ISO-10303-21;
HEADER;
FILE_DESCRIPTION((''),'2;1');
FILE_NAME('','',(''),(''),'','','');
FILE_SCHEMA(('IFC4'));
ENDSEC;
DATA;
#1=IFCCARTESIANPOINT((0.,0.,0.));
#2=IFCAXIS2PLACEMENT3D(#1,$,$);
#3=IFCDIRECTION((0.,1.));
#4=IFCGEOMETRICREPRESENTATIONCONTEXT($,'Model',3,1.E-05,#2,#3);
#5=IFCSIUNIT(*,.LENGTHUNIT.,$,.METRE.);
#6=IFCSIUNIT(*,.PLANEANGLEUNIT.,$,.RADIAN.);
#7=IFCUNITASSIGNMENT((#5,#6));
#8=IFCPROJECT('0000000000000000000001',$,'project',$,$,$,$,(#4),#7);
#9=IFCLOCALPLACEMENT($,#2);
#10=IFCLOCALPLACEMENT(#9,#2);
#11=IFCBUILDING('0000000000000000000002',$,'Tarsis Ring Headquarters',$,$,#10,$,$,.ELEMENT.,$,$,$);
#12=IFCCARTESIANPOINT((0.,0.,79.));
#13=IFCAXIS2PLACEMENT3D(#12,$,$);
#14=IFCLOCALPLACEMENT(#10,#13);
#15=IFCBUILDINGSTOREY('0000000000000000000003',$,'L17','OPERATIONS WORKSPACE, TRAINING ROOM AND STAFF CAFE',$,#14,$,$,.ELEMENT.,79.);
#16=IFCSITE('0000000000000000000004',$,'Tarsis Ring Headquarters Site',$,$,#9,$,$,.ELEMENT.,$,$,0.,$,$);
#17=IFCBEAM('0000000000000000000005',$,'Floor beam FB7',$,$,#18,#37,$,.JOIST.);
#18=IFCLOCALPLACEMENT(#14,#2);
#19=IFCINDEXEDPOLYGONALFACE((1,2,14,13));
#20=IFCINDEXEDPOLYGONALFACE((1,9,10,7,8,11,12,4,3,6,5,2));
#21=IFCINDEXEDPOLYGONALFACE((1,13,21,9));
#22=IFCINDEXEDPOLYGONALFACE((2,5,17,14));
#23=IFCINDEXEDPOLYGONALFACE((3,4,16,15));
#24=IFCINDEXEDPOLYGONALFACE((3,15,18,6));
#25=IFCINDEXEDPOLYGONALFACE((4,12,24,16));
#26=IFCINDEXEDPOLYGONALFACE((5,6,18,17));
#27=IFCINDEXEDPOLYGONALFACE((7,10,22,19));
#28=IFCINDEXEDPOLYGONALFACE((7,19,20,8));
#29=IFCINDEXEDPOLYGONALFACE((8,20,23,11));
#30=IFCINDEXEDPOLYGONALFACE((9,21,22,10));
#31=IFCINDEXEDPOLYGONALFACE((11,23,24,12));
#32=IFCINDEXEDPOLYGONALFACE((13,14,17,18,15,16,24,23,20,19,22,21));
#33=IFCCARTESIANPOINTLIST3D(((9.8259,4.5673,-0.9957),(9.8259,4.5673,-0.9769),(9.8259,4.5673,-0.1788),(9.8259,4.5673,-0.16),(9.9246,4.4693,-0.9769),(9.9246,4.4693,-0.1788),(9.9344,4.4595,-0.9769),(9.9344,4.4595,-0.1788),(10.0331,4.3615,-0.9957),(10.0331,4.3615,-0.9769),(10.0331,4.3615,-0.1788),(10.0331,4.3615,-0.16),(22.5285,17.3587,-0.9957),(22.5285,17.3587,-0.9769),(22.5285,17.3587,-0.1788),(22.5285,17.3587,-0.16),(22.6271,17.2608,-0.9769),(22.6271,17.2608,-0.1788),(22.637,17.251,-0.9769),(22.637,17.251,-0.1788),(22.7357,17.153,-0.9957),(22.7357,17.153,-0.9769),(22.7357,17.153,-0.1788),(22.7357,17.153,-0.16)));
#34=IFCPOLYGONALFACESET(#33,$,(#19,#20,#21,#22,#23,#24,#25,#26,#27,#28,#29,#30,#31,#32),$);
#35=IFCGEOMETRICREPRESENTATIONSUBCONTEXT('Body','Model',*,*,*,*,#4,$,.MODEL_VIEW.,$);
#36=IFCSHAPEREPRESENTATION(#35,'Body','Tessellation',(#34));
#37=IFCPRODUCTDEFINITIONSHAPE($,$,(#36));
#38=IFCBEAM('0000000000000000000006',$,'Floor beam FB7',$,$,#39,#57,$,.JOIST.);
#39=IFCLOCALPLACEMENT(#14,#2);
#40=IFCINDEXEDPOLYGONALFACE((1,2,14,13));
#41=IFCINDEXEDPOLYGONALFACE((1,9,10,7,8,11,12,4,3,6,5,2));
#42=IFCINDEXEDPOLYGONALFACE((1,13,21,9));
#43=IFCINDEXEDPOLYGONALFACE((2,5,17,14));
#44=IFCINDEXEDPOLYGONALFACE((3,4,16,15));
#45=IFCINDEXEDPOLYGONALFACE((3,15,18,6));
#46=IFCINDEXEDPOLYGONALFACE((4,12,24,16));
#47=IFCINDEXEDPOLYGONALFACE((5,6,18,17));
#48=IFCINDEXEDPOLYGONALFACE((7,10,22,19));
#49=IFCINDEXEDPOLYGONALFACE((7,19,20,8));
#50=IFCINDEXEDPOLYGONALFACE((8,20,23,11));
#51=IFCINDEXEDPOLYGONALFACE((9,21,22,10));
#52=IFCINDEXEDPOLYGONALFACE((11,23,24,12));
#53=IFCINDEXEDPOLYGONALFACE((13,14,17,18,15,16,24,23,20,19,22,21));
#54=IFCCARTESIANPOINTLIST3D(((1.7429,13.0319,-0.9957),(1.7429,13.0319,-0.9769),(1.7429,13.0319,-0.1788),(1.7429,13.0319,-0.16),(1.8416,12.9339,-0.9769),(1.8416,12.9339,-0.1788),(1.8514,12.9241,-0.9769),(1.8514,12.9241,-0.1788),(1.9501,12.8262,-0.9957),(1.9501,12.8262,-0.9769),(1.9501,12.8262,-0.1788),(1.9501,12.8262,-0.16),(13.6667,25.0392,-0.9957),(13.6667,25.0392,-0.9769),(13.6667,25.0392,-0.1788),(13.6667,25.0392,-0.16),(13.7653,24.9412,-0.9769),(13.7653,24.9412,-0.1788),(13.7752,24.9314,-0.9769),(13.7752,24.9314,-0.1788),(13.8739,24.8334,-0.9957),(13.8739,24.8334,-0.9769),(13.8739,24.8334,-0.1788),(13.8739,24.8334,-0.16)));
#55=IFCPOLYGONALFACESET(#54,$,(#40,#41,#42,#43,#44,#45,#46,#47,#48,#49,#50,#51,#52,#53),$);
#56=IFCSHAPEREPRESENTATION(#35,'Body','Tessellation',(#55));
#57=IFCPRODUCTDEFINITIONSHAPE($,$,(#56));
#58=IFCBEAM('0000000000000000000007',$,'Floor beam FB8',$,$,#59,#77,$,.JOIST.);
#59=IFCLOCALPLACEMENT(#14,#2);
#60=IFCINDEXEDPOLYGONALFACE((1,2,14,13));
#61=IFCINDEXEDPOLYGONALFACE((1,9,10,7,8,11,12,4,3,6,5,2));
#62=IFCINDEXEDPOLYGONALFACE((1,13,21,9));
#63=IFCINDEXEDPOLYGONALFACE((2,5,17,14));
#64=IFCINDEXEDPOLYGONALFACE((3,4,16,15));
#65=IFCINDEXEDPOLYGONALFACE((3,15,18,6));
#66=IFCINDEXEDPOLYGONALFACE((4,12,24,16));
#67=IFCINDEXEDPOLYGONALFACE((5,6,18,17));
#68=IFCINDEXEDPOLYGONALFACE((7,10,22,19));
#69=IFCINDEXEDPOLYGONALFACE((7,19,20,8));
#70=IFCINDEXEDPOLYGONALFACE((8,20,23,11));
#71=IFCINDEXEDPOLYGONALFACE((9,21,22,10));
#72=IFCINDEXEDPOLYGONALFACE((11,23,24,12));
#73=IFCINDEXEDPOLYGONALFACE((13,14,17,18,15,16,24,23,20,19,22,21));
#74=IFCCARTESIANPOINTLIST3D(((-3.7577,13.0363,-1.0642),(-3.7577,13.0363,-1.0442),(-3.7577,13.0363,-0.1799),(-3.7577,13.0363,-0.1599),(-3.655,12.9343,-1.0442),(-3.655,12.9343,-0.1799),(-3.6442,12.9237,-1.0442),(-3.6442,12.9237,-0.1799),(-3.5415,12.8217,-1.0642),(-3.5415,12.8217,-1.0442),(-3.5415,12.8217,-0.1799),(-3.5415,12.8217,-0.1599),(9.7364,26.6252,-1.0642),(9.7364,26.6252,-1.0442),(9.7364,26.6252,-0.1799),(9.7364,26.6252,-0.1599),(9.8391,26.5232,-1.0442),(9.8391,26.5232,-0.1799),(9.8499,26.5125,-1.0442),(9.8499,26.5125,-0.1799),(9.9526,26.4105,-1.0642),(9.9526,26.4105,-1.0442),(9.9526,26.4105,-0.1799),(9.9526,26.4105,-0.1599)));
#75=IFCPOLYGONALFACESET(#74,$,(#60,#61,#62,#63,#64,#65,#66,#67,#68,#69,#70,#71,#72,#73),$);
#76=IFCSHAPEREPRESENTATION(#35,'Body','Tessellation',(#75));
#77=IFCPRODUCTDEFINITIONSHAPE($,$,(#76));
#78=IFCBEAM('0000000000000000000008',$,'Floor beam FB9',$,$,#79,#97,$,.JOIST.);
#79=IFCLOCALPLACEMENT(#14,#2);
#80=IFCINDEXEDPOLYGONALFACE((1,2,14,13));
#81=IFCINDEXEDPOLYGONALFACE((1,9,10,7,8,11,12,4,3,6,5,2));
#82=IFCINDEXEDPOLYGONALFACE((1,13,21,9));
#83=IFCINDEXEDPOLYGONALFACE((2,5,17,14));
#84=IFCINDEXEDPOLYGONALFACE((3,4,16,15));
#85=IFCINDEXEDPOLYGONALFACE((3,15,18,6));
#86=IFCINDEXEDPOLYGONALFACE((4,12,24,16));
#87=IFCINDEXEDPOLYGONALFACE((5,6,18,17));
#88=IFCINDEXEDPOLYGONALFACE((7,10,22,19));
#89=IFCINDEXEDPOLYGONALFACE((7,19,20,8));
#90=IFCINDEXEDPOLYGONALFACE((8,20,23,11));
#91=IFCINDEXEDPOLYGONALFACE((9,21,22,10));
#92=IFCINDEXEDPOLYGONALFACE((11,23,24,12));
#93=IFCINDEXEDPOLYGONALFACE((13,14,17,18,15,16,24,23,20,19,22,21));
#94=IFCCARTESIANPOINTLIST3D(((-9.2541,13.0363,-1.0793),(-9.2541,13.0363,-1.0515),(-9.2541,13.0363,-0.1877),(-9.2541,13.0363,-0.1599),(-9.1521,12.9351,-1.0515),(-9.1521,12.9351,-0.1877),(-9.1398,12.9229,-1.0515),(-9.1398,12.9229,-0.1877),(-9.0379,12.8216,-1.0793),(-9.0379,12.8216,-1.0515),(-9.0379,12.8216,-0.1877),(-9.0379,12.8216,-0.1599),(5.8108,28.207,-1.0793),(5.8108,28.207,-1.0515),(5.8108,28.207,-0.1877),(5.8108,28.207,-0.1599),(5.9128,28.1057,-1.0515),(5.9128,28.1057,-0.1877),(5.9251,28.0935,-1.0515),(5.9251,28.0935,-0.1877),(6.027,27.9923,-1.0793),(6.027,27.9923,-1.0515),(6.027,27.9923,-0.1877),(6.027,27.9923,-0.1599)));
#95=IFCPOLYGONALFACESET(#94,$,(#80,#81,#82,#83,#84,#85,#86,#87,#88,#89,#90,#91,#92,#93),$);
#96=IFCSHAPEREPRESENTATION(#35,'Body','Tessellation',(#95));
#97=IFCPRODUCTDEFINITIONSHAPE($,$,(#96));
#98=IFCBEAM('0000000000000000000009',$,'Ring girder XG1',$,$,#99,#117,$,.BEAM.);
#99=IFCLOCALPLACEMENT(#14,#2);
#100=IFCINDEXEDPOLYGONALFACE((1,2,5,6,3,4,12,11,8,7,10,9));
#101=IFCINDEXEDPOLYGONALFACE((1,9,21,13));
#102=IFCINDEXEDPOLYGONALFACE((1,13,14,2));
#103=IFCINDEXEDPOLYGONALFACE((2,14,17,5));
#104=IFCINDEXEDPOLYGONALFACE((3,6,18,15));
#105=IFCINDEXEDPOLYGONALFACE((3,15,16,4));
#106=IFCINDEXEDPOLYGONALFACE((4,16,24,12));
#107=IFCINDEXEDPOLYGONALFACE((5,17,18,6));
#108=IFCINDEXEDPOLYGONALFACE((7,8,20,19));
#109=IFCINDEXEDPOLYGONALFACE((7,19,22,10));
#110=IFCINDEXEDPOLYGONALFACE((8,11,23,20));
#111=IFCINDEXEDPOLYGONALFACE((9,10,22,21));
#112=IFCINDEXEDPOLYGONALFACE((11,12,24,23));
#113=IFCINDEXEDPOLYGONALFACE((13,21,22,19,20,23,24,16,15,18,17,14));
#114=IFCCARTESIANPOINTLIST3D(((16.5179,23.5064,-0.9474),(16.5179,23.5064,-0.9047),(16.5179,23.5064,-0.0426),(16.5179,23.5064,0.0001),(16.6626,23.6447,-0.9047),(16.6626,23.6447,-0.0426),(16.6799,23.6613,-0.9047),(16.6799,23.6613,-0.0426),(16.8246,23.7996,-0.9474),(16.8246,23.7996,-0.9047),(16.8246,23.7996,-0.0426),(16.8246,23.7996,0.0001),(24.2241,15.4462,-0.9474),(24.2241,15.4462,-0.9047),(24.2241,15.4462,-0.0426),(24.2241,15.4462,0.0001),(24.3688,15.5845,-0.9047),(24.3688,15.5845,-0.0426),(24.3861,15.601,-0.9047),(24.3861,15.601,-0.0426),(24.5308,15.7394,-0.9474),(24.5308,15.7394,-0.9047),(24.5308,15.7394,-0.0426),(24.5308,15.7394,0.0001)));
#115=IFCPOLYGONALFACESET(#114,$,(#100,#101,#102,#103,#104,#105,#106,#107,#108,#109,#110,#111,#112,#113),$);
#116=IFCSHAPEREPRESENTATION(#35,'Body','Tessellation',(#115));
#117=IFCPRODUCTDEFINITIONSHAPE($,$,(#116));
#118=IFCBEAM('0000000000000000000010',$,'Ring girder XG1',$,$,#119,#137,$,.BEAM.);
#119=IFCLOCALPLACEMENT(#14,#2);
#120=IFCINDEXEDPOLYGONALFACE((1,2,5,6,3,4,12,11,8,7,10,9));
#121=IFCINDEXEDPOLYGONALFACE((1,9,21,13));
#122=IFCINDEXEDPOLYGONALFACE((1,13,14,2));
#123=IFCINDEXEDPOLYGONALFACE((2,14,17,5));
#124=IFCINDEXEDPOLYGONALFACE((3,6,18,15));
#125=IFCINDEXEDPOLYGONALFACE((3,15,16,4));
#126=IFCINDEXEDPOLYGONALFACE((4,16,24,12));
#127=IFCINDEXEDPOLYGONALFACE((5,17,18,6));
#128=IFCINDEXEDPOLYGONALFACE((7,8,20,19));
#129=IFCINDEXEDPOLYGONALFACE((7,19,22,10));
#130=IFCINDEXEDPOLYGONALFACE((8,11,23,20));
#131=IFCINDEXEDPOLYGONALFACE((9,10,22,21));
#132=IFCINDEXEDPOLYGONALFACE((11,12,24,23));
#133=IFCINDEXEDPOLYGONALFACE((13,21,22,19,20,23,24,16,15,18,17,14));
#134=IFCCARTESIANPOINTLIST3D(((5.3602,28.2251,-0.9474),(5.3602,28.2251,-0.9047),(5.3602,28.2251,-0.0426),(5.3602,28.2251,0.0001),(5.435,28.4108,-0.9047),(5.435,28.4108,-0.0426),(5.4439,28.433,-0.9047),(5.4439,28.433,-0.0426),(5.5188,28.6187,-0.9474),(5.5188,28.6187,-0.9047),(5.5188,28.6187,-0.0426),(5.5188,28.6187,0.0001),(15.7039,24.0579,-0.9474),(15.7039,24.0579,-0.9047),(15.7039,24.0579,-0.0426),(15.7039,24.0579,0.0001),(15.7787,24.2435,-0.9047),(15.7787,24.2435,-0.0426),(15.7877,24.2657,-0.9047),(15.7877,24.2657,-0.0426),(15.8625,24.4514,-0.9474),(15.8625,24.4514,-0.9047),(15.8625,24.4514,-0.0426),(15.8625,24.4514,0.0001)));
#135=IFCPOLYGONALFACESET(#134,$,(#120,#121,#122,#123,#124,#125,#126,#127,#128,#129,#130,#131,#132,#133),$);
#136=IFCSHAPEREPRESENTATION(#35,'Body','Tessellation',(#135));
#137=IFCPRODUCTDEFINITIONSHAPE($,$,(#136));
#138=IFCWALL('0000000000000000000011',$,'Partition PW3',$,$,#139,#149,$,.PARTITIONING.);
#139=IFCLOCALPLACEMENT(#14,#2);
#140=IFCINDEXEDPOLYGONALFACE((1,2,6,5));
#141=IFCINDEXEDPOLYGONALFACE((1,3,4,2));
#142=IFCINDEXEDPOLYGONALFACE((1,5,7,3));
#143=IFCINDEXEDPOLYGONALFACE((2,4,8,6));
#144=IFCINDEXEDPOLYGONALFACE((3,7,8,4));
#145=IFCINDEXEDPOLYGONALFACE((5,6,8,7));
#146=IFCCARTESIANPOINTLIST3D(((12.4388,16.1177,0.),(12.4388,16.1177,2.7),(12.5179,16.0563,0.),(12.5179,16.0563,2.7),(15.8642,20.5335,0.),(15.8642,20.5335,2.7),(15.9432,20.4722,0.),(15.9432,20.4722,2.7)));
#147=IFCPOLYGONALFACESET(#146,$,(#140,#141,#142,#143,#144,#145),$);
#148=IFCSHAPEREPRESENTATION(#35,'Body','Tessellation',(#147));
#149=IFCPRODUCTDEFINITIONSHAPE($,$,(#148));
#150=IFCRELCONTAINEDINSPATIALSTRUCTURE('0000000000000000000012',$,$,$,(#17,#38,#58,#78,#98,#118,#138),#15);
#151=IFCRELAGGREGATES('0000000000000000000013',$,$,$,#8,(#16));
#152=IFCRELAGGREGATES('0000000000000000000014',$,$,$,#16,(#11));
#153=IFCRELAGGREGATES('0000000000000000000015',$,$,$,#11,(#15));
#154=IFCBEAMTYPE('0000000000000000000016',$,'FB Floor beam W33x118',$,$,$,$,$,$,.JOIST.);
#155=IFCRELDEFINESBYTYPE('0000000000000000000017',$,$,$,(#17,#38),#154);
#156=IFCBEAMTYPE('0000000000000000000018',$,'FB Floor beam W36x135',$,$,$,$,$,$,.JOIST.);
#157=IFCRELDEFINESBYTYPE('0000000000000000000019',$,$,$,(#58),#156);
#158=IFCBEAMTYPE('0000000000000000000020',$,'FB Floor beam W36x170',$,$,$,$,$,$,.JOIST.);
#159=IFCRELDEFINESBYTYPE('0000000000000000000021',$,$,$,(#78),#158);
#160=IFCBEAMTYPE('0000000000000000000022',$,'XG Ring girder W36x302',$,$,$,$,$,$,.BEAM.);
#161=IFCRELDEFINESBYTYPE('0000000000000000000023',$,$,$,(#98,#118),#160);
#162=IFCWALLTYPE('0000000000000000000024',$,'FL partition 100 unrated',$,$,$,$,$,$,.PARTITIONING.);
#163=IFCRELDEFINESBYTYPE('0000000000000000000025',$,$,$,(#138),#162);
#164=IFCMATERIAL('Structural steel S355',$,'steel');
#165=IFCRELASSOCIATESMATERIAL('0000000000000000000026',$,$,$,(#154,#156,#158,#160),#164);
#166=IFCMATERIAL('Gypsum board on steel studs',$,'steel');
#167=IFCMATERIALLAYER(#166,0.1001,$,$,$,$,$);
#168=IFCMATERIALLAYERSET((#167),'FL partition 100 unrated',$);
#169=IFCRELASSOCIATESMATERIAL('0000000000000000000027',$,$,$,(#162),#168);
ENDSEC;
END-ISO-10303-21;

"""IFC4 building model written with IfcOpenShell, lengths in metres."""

from ifc_helpers import new_model, si_unit, direction, frame, frame_2d, origin, origin_2d, place, context, subcontext, project, spatial, rectangle, i_section, extrude, material, layer, layer_set, material_profile, profile_set, type_object, element, save


model = new_model("IFC4")

# Units and contexts
model_context = context("Model", 3, precision=1e-05, world=origin(), true_north=direction((0.0, 1.0)))
body_context = subcontext(model_context, "Body", "Model", "MODEL_VIEW")
ifc_project = project(units=[si_unit("LENGTHUNIT", "METRE"), si_unit("PLANEANGLEUNIT", "RADIAN")], contexts=[model_context])

# Site, building, storey
site_placement = place(None, origin())
site = spatial("IfcSite", under=ifc_project, at=site_placement, Name="Tarsis Ring Headquarters Site", CompositionType="ELEMENT", RefElevation=0.0)
building_placement = place(site_placement, origin())
building = spatial("IfcBuilding", under=site, at=building_placement, Name="Tarsis Ring Headquarters", CompositionType="ELEMENT")
storey_placement = place(building_placement, frame((0.0, 0.0, 79.0)))
storey = spatial("IfcBuildingStorey", under=building, at=storey_placement, Name="L17", Description="OPERATIONS WORKSPACE, TRAINING ROOM AND STAFF CAFE", CompositionType="ELEMENT", Elevation=79.0)

# Beams
ifc_material_1 = material(Name="Structural steel S355", Category="steel")
ifc_material_profile_1 = material_profile(ifc_material_1, i_section(OverallWidth=0.292, OverallDepth=0.8357, WebThickness=0.0139, FlangeThickness=0.0188, at=origin_2d()), Name="W33x118")
ifc_profile_set_1 = profile_set([ifc_material_profile_1], Name="Structural steel S355")
beam_type_1 = type_object("IfcBeamType", Name="FB Floor beam W33x118", PredefinedType="JOIST", material=ifc_profile_set_1)
beam_1_placement = place(storey_placement, frame((22.6321, 17.2559, -0.5779), z_axis=(-0.704638, -0.709567, 0.0), x_axis=(0.709567, -0.704638, 0.0)))
element("IfcBeam", 1, at=beam_1_placement, inside=storey, type_object=beam_type_1, Name="Floor beam FB7", PredefinedType="JOIST", context=body_context, shape_type="SweptSolid", body=[
    extrude(i_section(OverallWidth=0.292, OverallDepth=0.8357, WebThickness=0.0139, FlangeThickness=0.0188, at=origin_2d()), origin(), (0.0, 0.0, 1.0), 18.0271),
])
beam_2_placement = place(storey_placement, frame((13.7703, 24.9363, -0.5779), z_axis=(-0.704635, -0.70957, 0.0), x_axis=(0.70957, -0.704635, 0.0)))
element("IfcBeam", 2, at=beam_2_placement, inside=storey, type_object=beam_type_1, Name="Floor beam FB7", PredefinedType="JOIST", context=body_context, shape_type="SweptSolid", body=[
    extrude(i_section(OverallWidth=0.292, OverallDepth=0.8357, WebThickness=0.0139, FlangeThickness=0.0188, at=origin_2d()), origin(), (0.0, 0.0, 1.0), 16.9219),
])
ifc_material_profile_2 = material_profile(ifc_material_1, i_section(OverallWidth=0.3047, OverallDepth=0.9043, WebThickness=0.0151, FlangeThickness=0.02, at=origin_2d()), Name="W36x135")
ifc_profile_set_2 = profile_set([ifc_material_profile_2], Name="Structural steel S355")
beam_type_2 = type_object("IfcBeamType", Name="FB Floor beam W36x135", PredefinedType="JOIST", material=ifc_profile_set_2)
beam_3_placement = place(storey_placement, frame((9.8445, 26.5178, -0.6121), z_axis=(-0.704629, -0.709576, 0.0), x_axis=(0.709576, -0.704629, 0.0)))
element("IfcBeam", 3, at=beam_3_placement, inside=storey, type_object=beam_type_2, Name="Floor beam FB8", PredefinedType="JOIST", context=body_context, shape_type="SweptSolid", body=[
    extrude(i_section(OverallWidth=0.3047, OverallDepth=0.9043, WebThickness=0.0151, FlangeThickness=0.02, at=origin_2d()), origin(), (0.0, 0.0, 1.0), 19.1506),
])
ifc_material_profile_3 = material_profile(ifc_material_1, i_section(OverallWidth=0.3047, OverallDepth=0.9194, WebThickness=0.0173, FlangeThickness=0.0278, at=origin_2d()), Name="W36x170")
ifc_profile_set_3 = profile_set([ifc_material_profile_3], Name="Structural steel S355")
beam_type_3 = type_object("IfcBeamType", Name="FB Floor beam W36x170", PredefinedType="JOIST", material=ifc_profile_set_3)
beam_4_placement = place(storey_placement, frame((5.9189, 28.0996, -0.6196), z_axis=(-0.70463, -0.709575, 0.0), x_axis=(0.709575, -0.70463, 0.0)))
element("IfcBeam", 4, at=beam_4_placement, inside=storey, type_object=beam_type_3, Name="Floor beam FB9", PredefinedType="JOIST", context=body_context, shape_type="SweptSolid", body=[
    extrude(i_section(OverallWidth=0.3047, OverallDepth=0.9194, WebThickness=0.0173, FlangeThickness=0.0278, at=origin_2d()), origin(), (0.0, 0.0, 1.0), 21.3799),
])
ifc_material_profile_4 = material_profile(ifc_material_1, i_section(OverallWidth=0.4243, OverallDepth=0.9475, WebThickness=0.0239, FlangeThickness=0.0427, at=origin_2d()), Name="W36x302")
ifc_profile_set_4 = profile_set([ifc_material_profile_4], Name="Structural steel S355")
beam_type_4 = type_object("IfcBeamType", Name="XG Ring girder W36x302", PredefinedType="BEAM", material=ifc_profile_set_4)
beam_5_placement = place(storey_placement, frame((24.3774, 15.5928, -0.4736), z_axis=(-0.691056, 0.722801, 0.0), x_axis=(-0.722801, -0.691056, 0.0)))
element("IfcBeam", 5, at=beam_5_placement, inside=storey, type_object=beam_type_4, Name="Ring girder XG1", PredefinedType="BEAM", context=body_context, shape_type="SweptSolid", body=[
    extrude(i_section(OverallWidth=0.4243, OverallDepth=0.9475, WebThickness=0.0239, FlangeThickness=0.0427, at=origin_2d()), origin(), (0.0, 0.0, 1.0), 11.1514),
])
beam_6_placement = place(storey_placement, frame((15.7832, 24.2546, -0.4736), z_axis=(-0.927554, 0.373688, 0.0), x_axis=(-0.373688, -0.927554, 0.0)))
element("IfcBeam", 6, at=beam_6_placement, inside=storey, type_object=beam_type_4, Name="Ring girder XG1", PredefinedType="BEAM", context=body_context, shape_type="SweptSolid", body=[
    extrude(i_section(OverallWidth=0.4243, OverallDepth=0.9475, WebThickness=0.0239, FlangeThickness=0.0427, at=origin_2d()), origin(), (0.0, 0.0, 1.0), 11.1516),
])

# Wall
ifc_material_2 = material(Name="Gypsum board on steel studs", Category="steel")
ifc_layer_1 = layer(ifc_material_2, 0.1001)
ifc_layer_set_1 = layer_set([ifc_layer_1], Name="FL partition 100 unrated")
wall_type_1 = type_object("IfcWallType", Name="FL partition 100 unrated", PredefinedType="PARTITIONING", material=ifc_layer_set_1)
wall_1_placement = place(storey_placement, frame((12.4783, 16.0869, 0.0), z_axis=(0.0, 0.0, 1.0), x_axis=(0.612915, 0.790149, 0.0)))
element("IfcWall", 7, at=wall_1_placement, inside=storey, type_object=wall_type_1, Name="Partition PW3", PredefinedType="PARTITIONING", context=body_context, shape_type="SweptSolid", body=[
    extrude(rectangle(XDim=5.5886, YDim=0.1001, at=frame_2d((2.7944, 0.0))), origin(), (0.0, 0.0, 1.0), 2.7),
])

save(model, "model.ifc")
